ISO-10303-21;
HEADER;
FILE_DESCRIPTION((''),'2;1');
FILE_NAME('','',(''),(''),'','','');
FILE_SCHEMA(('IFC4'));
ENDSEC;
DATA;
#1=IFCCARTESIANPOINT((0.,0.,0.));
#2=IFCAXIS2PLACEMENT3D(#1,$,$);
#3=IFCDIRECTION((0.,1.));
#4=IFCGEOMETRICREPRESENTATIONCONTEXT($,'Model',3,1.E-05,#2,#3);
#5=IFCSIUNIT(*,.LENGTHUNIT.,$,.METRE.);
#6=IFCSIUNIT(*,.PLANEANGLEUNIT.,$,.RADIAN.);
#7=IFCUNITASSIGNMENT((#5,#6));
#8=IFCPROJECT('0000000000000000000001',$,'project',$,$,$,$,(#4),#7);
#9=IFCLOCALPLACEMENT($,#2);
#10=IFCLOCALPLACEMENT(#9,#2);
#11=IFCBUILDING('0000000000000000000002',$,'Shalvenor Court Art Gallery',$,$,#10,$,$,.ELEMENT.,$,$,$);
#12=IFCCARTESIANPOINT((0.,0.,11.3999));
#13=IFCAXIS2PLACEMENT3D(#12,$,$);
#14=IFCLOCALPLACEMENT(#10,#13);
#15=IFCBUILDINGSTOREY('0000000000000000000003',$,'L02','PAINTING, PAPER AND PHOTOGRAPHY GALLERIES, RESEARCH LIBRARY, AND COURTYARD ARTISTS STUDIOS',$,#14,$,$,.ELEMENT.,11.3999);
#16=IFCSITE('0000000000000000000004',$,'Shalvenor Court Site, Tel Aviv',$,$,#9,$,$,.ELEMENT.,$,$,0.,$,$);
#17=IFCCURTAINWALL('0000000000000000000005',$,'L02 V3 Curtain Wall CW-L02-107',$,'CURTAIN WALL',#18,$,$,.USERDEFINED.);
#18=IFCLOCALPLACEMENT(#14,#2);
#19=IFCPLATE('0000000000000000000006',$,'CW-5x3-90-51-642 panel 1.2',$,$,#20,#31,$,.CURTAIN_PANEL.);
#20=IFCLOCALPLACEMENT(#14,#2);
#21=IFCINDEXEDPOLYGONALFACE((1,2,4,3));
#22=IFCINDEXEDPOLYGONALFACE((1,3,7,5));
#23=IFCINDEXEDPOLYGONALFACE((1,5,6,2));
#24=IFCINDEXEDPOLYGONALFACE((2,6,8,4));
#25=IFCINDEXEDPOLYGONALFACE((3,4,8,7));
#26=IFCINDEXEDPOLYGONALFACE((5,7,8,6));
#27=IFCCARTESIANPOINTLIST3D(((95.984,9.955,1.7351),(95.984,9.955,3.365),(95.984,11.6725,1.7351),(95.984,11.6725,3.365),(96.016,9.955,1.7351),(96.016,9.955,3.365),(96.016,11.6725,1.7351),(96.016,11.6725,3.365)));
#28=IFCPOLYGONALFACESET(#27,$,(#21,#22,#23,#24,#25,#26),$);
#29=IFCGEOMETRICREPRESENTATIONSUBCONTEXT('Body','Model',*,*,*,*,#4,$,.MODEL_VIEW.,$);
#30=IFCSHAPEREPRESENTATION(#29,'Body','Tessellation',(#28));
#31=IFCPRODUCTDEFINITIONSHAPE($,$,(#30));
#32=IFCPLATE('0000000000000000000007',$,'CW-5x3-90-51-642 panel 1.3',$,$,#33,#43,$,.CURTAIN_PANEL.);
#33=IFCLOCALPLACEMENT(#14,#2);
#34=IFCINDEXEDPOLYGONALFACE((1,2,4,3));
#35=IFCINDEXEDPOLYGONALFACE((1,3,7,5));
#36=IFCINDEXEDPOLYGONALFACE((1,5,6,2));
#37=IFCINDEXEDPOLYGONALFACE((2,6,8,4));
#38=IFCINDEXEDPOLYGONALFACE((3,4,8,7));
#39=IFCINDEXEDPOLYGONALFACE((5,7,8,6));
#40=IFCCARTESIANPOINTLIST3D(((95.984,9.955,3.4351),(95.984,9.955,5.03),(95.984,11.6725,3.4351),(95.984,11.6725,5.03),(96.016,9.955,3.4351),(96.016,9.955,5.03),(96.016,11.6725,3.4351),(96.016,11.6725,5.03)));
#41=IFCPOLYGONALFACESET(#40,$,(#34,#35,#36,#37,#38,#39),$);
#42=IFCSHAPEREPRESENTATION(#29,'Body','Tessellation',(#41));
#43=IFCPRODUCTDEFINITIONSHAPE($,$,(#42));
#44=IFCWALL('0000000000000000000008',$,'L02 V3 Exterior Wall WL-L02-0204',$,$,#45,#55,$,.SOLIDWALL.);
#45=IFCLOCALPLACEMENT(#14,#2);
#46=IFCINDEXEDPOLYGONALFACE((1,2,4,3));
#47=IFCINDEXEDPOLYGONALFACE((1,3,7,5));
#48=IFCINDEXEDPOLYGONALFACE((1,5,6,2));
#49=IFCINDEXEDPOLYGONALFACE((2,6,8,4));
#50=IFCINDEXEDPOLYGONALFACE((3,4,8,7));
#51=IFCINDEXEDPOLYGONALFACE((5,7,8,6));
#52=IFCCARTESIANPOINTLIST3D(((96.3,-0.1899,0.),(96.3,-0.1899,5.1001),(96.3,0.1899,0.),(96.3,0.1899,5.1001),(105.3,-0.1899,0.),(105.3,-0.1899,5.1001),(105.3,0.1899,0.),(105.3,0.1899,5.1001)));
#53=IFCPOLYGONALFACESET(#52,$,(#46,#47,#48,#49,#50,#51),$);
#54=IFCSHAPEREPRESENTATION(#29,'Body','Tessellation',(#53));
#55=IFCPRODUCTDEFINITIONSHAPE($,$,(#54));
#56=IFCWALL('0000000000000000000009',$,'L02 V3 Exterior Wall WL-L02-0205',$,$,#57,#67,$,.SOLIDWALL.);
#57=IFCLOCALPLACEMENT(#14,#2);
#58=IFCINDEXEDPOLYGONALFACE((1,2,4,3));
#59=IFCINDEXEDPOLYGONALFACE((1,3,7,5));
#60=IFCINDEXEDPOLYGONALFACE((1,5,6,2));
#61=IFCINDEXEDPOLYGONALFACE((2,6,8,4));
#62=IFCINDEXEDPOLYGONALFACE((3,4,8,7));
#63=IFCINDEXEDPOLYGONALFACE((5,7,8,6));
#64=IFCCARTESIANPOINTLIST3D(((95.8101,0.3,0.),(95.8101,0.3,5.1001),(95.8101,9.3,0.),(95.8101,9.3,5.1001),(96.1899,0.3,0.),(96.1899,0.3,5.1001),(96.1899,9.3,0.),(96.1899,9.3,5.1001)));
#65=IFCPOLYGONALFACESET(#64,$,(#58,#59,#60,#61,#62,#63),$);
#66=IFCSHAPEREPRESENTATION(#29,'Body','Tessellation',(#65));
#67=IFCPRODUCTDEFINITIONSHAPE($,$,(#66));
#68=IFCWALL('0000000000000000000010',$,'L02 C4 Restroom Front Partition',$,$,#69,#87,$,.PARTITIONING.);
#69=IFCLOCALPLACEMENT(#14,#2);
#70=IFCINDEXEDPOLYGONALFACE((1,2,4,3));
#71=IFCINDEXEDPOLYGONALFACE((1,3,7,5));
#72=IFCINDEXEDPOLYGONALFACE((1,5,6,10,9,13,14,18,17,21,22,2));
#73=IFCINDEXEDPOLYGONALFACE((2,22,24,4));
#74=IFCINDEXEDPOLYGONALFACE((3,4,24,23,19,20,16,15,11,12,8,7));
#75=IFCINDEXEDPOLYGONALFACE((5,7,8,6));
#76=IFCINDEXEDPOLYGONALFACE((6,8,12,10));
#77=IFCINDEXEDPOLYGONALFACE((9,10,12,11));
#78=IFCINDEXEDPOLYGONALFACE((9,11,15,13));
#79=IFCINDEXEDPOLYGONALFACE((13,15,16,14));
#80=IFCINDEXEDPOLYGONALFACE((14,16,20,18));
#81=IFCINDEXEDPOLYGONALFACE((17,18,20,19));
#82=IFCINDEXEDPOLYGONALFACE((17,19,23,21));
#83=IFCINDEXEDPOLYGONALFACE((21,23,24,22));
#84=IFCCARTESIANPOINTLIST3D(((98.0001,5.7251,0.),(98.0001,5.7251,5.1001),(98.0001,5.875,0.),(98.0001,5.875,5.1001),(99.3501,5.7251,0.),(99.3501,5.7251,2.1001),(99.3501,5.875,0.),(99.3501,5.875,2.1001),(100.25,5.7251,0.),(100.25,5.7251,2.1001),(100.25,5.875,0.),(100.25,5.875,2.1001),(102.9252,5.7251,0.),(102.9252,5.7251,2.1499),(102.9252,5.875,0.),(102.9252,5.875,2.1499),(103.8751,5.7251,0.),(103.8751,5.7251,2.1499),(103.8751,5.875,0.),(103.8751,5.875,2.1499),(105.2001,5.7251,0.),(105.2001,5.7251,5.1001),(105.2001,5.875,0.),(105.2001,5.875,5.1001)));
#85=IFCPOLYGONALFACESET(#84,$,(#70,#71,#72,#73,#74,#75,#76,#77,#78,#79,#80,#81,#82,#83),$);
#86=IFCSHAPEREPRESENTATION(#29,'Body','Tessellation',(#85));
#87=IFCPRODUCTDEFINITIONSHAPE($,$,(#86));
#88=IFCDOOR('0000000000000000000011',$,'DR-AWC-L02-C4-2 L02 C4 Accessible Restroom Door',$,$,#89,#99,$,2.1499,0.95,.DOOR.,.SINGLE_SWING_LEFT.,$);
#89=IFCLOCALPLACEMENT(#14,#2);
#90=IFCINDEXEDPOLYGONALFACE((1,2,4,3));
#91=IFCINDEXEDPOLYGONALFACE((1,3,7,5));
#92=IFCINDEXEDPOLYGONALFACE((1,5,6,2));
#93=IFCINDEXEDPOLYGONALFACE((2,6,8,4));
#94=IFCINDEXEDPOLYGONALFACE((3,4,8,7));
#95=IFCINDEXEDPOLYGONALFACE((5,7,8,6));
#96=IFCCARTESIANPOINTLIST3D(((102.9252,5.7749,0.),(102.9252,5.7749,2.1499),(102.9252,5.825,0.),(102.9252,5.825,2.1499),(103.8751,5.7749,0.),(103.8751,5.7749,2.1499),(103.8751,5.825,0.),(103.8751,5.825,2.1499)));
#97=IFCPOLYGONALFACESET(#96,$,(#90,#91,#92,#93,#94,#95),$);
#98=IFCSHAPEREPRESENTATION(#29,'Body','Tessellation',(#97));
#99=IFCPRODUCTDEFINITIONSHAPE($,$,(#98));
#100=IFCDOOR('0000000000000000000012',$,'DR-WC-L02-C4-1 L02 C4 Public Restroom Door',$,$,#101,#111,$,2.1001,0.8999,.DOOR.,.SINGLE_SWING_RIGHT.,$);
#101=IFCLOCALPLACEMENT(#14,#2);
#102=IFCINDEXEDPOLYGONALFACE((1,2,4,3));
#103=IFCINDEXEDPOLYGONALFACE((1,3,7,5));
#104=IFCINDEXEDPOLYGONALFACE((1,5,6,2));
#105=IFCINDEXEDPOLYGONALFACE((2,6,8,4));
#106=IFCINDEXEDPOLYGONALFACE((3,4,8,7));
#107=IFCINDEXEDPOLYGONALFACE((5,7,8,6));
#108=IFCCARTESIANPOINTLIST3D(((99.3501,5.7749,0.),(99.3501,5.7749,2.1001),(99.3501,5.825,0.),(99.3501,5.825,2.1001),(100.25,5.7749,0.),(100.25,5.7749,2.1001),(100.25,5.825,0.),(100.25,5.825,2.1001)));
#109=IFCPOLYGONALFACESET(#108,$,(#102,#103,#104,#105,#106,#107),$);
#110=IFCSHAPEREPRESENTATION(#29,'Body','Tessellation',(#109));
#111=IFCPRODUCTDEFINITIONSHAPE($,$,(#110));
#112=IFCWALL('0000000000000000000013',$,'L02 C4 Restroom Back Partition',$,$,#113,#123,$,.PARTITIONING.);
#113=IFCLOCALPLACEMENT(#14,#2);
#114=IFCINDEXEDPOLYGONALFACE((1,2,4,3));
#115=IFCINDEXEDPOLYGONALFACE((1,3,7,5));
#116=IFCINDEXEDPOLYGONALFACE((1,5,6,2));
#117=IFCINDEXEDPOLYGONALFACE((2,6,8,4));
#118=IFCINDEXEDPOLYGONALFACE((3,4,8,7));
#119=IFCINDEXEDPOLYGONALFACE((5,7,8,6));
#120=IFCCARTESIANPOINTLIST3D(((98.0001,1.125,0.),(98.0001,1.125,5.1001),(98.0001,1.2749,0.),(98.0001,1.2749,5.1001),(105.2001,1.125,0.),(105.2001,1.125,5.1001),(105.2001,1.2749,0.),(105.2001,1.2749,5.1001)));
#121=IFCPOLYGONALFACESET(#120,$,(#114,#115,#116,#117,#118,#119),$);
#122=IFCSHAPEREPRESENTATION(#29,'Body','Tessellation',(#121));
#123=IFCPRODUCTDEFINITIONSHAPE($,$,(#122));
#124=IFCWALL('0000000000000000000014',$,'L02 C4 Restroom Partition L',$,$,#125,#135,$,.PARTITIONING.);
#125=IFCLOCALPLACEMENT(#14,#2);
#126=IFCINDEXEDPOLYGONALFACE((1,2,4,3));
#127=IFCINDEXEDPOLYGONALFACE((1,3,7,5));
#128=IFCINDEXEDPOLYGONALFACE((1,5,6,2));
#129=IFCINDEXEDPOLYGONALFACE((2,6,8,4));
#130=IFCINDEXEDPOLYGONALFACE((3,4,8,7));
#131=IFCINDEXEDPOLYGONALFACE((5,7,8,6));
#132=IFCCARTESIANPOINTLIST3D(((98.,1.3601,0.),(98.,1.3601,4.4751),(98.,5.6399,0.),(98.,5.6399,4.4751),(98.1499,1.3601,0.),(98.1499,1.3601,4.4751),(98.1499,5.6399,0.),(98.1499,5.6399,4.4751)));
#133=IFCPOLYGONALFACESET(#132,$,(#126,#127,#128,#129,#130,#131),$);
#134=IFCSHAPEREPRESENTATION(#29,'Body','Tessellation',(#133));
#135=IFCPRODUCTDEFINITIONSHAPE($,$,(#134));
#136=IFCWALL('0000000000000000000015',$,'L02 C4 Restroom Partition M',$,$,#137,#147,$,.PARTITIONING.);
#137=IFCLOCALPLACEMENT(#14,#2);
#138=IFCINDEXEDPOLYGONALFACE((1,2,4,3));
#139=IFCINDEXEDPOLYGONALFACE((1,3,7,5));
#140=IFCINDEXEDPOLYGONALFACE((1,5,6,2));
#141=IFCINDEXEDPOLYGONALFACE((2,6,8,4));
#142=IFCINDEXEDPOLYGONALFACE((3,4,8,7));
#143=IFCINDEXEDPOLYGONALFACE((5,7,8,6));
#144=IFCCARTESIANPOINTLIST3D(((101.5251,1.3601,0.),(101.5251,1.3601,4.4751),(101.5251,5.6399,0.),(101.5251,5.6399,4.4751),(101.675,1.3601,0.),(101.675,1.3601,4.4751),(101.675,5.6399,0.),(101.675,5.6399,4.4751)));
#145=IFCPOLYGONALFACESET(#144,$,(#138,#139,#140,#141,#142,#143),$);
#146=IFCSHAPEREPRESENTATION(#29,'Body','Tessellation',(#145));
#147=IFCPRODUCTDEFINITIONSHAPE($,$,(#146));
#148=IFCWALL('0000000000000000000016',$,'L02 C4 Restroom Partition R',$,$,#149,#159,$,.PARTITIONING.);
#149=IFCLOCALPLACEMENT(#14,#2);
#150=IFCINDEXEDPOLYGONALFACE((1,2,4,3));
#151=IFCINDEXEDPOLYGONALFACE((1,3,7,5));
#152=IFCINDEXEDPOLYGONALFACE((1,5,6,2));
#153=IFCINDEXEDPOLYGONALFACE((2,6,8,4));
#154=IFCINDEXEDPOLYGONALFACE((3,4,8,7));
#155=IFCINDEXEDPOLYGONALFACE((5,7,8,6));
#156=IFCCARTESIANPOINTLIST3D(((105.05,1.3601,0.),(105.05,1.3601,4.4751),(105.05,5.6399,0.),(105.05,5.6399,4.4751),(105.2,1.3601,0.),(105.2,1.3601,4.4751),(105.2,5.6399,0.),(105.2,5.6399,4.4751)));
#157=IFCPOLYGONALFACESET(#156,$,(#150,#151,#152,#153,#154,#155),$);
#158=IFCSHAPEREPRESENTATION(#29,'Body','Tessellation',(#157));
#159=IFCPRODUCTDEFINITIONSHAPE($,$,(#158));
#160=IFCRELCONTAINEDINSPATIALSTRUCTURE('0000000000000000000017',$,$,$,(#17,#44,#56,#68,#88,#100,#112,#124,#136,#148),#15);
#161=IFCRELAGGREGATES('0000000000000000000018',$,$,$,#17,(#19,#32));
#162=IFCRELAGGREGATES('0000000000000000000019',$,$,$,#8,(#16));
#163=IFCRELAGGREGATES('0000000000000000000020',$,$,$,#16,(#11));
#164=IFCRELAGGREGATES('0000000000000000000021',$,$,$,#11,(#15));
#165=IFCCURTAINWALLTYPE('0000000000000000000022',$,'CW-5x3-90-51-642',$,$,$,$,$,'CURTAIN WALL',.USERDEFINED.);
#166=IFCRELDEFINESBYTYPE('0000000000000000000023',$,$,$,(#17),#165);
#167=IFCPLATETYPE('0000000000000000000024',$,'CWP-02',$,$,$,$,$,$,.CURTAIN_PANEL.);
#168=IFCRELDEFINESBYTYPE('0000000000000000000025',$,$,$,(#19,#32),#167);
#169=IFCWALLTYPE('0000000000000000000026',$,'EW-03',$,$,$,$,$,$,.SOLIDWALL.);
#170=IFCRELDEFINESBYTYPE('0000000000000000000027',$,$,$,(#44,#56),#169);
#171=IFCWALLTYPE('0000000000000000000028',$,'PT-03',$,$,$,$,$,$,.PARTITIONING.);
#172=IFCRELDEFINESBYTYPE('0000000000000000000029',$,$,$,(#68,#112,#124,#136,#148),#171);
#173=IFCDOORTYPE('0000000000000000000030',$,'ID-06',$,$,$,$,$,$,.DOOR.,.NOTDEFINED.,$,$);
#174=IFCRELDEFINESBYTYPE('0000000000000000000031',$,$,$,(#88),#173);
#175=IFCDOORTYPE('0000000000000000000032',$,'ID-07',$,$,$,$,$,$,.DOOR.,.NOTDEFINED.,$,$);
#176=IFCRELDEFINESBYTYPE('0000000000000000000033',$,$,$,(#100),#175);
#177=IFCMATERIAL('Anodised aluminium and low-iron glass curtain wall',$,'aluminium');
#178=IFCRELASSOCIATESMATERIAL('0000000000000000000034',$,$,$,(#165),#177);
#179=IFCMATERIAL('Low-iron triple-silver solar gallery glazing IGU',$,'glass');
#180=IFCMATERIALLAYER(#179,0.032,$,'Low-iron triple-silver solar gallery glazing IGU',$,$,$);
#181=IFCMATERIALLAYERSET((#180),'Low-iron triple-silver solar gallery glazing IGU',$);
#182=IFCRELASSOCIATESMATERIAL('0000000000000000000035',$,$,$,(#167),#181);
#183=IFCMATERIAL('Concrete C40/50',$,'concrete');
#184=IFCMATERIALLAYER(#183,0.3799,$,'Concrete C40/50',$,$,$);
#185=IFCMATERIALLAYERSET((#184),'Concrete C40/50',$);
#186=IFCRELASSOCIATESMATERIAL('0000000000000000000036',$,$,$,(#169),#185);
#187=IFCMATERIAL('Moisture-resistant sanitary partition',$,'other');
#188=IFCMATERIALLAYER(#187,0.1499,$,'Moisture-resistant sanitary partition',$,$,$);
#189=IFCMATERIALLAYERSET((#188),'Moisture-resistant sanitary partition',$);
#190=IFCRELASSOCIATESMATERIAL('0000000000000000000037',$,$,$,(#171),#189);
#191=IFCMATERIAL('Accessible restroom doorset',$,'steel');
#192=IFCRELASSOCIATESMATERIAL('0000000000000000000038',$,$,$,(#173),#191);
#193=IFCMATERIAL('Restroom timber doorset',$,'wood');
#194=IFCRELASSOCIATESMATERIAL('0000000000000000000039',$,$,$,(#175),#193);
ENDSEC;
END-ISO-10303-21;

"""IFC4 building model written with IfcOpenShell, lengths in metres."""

from ifc_helpers import new_model, si_unit, direction, frame, frame_2d, origin, origin_2d, place, context, subcontext, project, spatial, rectangle, extrude, material, layer, layer_set, type_object, element, fill, aggregate, save


model = new_model("IFC4")

# Units and contexts
model_context = context("Model", 3, precision=1e-05, world=origin(), true_north=direction((0.0, 1.0)))
body_context = subcontext(model_context, "Body", "Model", "MODEL_VIEW")
ifc_project = project(units=[si_unit("LENGTHUNIT", "METRE"), si_unit("PLANEANGLEUNIT", "RADIAN")], contexts=[model_context])

# Site, building, storey
site_placement = place(None, origin())
site = spatial("IfcSite", under=ifc_project, at=site_placement, Name="Shalvenor Court Site, Tel Aviv", CompositionType="ELEMENT", RefElevation=0.0)
building_placement = place(site_placement, origin())
building = spatial("IfcBuilding", under=site, at=building_placement, Name="Shalvenor Court Art Gallery", CompositionType="ELEMENT")
storey_placement = place(building_placement, frame((0.0, 0.0, 11.3999)))
storey = spatial("IfcBuildingStorey", under=building, at=storey_placement, Name="L02", Description="PAINTING, PAPER AND PHOTOGRAPHY GALLERIES, RESEARCH LIBRARY, AND COURTYARD ARTISTS STUDIOS", CompositionType="ELEMENT", Elevation=11.3999)

# Curtain wall
ifc_material_1 = material(Name="Anodised aluminium and low-iron glass curtain wall", Category="aluminium")
curtain_wall_type = type_object("IfcCurtainWallType", Name="CW-5x3-90-51-642", ElementType="CURTAIN WALL", PredefinedType="USERDEFINED", material=ifc_material_1)
curtain_wall_placement = place(storey_placement, origin())
curtain_wall = element("IfcCurtainWall", 1, at=curtain_wall_placement, inside=storey, type_object=curtain_wall_type, Name="L02 V3 Curtain Wall CW-L02-107", ObjectType="CURTAIN WALL", PredefinedType="USERDEFINED")

# Plates
ifc_material_2 = material(Name="Low-iron triple-silver solar gallery glazing IGU", Category="glass")
ifc_layer_1 = layer(ifc_material_2, 0.032, Name="Low-iron triple-silver solar gallery glazing IGU")
ifc_layer_set_1 = layer_set([ifc_layer_1], Name="Low-iron triple-silver solar gallery glazing IGU")
plate_type = type_object("IfcPlateType", Name="CWP-02", PredefinedType="CURTAIN_PANEL", material=ifc_layer_set_1)
plate_1_placement = place(storey_placement, frame((96.0, 10.8137, 1.7351), z_axis=(0.0, 0.0, 1.0), x_axis=(0.0, 1.0, 0.0)))
plate_1 = element("IfcPlate", 2, at=plate_1_placement, type_object=plate_type, Name="CW-5x3-90-51-642 panel 1.2", PredefinedType="CURTAIN_PANEL", context=body_context, shape_type="SweptSolid", body=[
    extrude(rectangle(XDim=1.7175, YDim=0.032, at=origin_2d()), origin(), (0.0, 0.0, 1.0), 1.6299),
])
plate_2_placement = place(storey_placement, frame((96.0, 10.8137, 3.4351), z_axis=(0.0, 0.0, 1.0), x_axis=(0.0, 1.0, 0.0)))
plate_2 = element("IfcPlate", 3, at=plate_2_placement, type_object=plate_type, Name="CW-5x3-90-51-642 panel 1.3", PredefinedType="CURTAIN_PANEL", context=body_context, shape_type="SweptSolid", body=[
    extrude(rectangle(XDim=1.7175, YDim=0.032, at=origin_2d()), origin(), (0.0, 0.0, 1.0), 1.595),
])
aggregate(curtain_wall, [plate_1, plate_2])

# Walls
ifc_material_3 = material(Name="Concrete C40/50", Category="concrete")
ifc_layer_2 = layer(ifc_material_3, 0.3799, Name="Concrete C40/50")
ifc_layer_set_2 = layer_set([ifc_layer_2], Name="Concrete C40/50")
wall_type_1 = type_object("IfcWallType", Name="EW-03", PredefinedType="SOLIDWALL", material=ifc_layer_set_2)
for number, where, z_axis, x_axis, name in (
    (4, (105.3, 0.0, 0.0), (0.0, 0.0, 1.0), (-1.0, 0.0, 0.0), "L02 V3 Exterior Wall WL-L02-0204"),
    (5, (96.0, 0.3, 0.0), (0.0, 0.0, 1.0), (0.0, 1.0, 0.0), "L02 V3 Exterior Wall WL-L02-0205"),
):
    element("IfcWall", number, at=place(storey_placement, frame(where, z_axis=z_axis, x_axis=x_axis)), inside=storey, type_object=wall_type_1, Name=name, PredefinedType="SOLIDWALL", context=body_context, shape_type="SweptSolid", body=[
        extrude(rectangle(XDim=9.0, YDim=0.3799, at=frame_2d((4.5, 0.0))), origin(), (0.0, 0.0, 1.0), 5.1001),
    ])

# Wall, openings, doors
ifc_material_4 = material(Name="Moisture-resistant sanitary partition", Category="other")
ifc_layer_3 = layer(ifc_material_4, 0.1499, Name="Moisture-resistant sanitary partition")
ifc_layer_set_3 = layer_set([ifc_layer_3], Name="Moisture-resistant sanitary partition")
wall_type_2 = type_object("IfcWallType", Name="PT-03", PredefinedType="PARTITIONING", material=ifc_layer_set_3)
wall_1_placement = place(storey_placement, frame((98.0, 5.8, 0.0), z_axis=(0.0, 0.0, 1.0), x_axis=(1.0, 0.0, 0.0)))
wall_1 = element("IfcWall", 6, at=wall_1_placement, inside=storey, type_object=wall_type_2, Name="L02 C4 Restroom Front Partition", PredefinedType="PARTITIONING", context=body_context, shape_type="SweptSolid", body=[
    extrude(rectangle(XDim=7.2, YDim=0.1499, at=frame_2d((3.6001, 0.0))), origin(), (0.0, 0.0, 1.0), 5.1001),
])
opening_1_placement = place(wall_1_placement, frame((1.3501, 0.0, 0.0)))
opening_1 = element("IfcOpeningElement", 7, at=opening_1_placement, cuts=wall_1, PredefinedType="OPENING", context=body_context, shape_type="SweptSolid", body=[
    extrude(rectangle(XDim=0.8999, YDim=2.1001, at=frame_2d((0.45, 1.05))), frame((0.0, 0.085, 0.0), z_axis=(0.0, -1.0, 0.0), x_axis=(1.0, 0.0, 0.0)), (0.0, 0.0, 1.0), 0.1699),
])
opening_2_placement = place(wall_1_placement, frame((4.925, 0.0, 0.0)))
opening_2 = element("IfcOpeningElement", 8, at=opening_2_placement, cuts=wall_1, PredefinedType="OPENING", context=body_context, shape_type="SweptSolid", body=[
    extrude(rectangle(XDim=0.95, YDim=2.1499, at=frame_2d((0.4751, 1.075))), frame((0.0, 0.085, 0.0), z_axis=(0.0, -1.0, 0.0), x_axis=(1.0, 0.0, 0.0)), (0.0, 0.0, 1.0), 0.1699),
])
ifc_material_5 = material(Name="Accessible restroom doorset", Category="steel")
door_type_1 = type_object("IfcDoorType", Name="ID-06", OperationType="NOTDEFINED", PredefinedType="DOOR", material=ifc_material_5)
door_1_placement = place(opening_2_placement, origin())
door_1 = element("IfcDoor", 9, at=door_1_placement, inside=storey, type_object=door_type_1, Name="DR-AWC-L02-C4-2 L02 C4 Accessible Restroom Door", OperationType="SINGLE_SWING_LEFT", OverallHeight=2.1499, OverallWidth=0.95, PredefinedType="DOOR", context=body_context, shape_type="SweptSolid", body=[
    extrude(rectangle(XDim=0.95, YDim=2.1499, at=frame_2d((0.4751, 1.075))), frame((0.0, 0.0249, 0.0), z_axis=(0.0, -1.0, 0.0), x_axis=(1.0, 0.0, 0.0)), (0.0, 0.0, 1.0), 0.05),
])
fill(opening_2, door_1)
ifc_material_6 = material(Name="Restroom timber doorset", Category="wood")
door_type_2 = type_object("IfcDoorType", Name="ID-07", OperationType="NOTDEFINED", PredefinedType="DOOR", material=ifc_material_6)
door_2_placement = place(opening_1_placement, origin())
door_2 = element("IfcDoor", 10, at=door_2_placement, inside=storey, type_object=door_type_2, Name="DR-WC-L02-C4-1 L02 C4 Public Restroom Door", OperationType="SINGLE_SWING_RIGHT", OverallHeight=2.1001, OverallWidth=0.8999, PredefinedType="DOOR", context=body_context, shape_type="SweptSolid", body=[
    extrude(rectangle(XDim=0.8999, YDim=2.1001, at=frame_2d((0.45, 1.05))), frame((0.0, 0.0249, 0.0), z_axis=(0.0, -1.0, 0.0), x_axis=(1.0, 0.0, 0.0)), (0.0, 0.0, 1.0), 0.05),
])
fill(opening_1, door_2)

# Walls
wall_2_placement = place(storey_placement, frame((98.0, 1.2, 0.0), z_axis=(0.0, 0.0, 1.0), x_axis=(1.0, 0.0, 0.0)))
element("IfcWall", 11, at=wall_2_placement, inside=storey, type_object=wall_type_2, Name="L02 C4 Restroom Back Partition", PredefinedType="PARTITIONING", context=body_context, shape_type="SweptSolid", body=[
    extrude(rectangle(XDim=7.2, YDim=0.1499, at=frame_2d((3.6001, 0.0))), origin(), (0.0, 0.0, 1.0), 5.1001),
])
for number, where, z_axis, x_axis, name in (
    (12, (98.075, 1.3601, 0.0), (0.0, 0.0, 1.0), (0.0, 1.0, 0.0), "L02 C4 Restroom Partition L"),
    (13, (101.6001, 1.3601, 0.0), (0.0, 0.0, 1.0), (0.0, 1.0, 0.0), "L02 C4 Restroom Partition M"),
    (14, (105.125, 1.3601, 0.0), (0.0, 0.0, 1.0), (0.0, 1.0, 0.0), "L02 C4 Restroom Partition R"),
):
    element("IfcWall", number, at=place(storey_placement, frame(where, z_axis=z_axis, x_axis=x_axis)), inside=storey, type_object=wall_type_2, Name=name, PredefinedType="PARTITIONING", context=body_context, shape_type="SweptSolid", body=[
        extrude(rectangle(XDim=4.2798, YDim=0.1499, at=frame_2d((2.1399, 0.0))), origin(), (0.0, 0.0, 1.0), 4.4751),
    ])

save(model, "model.ifc")
